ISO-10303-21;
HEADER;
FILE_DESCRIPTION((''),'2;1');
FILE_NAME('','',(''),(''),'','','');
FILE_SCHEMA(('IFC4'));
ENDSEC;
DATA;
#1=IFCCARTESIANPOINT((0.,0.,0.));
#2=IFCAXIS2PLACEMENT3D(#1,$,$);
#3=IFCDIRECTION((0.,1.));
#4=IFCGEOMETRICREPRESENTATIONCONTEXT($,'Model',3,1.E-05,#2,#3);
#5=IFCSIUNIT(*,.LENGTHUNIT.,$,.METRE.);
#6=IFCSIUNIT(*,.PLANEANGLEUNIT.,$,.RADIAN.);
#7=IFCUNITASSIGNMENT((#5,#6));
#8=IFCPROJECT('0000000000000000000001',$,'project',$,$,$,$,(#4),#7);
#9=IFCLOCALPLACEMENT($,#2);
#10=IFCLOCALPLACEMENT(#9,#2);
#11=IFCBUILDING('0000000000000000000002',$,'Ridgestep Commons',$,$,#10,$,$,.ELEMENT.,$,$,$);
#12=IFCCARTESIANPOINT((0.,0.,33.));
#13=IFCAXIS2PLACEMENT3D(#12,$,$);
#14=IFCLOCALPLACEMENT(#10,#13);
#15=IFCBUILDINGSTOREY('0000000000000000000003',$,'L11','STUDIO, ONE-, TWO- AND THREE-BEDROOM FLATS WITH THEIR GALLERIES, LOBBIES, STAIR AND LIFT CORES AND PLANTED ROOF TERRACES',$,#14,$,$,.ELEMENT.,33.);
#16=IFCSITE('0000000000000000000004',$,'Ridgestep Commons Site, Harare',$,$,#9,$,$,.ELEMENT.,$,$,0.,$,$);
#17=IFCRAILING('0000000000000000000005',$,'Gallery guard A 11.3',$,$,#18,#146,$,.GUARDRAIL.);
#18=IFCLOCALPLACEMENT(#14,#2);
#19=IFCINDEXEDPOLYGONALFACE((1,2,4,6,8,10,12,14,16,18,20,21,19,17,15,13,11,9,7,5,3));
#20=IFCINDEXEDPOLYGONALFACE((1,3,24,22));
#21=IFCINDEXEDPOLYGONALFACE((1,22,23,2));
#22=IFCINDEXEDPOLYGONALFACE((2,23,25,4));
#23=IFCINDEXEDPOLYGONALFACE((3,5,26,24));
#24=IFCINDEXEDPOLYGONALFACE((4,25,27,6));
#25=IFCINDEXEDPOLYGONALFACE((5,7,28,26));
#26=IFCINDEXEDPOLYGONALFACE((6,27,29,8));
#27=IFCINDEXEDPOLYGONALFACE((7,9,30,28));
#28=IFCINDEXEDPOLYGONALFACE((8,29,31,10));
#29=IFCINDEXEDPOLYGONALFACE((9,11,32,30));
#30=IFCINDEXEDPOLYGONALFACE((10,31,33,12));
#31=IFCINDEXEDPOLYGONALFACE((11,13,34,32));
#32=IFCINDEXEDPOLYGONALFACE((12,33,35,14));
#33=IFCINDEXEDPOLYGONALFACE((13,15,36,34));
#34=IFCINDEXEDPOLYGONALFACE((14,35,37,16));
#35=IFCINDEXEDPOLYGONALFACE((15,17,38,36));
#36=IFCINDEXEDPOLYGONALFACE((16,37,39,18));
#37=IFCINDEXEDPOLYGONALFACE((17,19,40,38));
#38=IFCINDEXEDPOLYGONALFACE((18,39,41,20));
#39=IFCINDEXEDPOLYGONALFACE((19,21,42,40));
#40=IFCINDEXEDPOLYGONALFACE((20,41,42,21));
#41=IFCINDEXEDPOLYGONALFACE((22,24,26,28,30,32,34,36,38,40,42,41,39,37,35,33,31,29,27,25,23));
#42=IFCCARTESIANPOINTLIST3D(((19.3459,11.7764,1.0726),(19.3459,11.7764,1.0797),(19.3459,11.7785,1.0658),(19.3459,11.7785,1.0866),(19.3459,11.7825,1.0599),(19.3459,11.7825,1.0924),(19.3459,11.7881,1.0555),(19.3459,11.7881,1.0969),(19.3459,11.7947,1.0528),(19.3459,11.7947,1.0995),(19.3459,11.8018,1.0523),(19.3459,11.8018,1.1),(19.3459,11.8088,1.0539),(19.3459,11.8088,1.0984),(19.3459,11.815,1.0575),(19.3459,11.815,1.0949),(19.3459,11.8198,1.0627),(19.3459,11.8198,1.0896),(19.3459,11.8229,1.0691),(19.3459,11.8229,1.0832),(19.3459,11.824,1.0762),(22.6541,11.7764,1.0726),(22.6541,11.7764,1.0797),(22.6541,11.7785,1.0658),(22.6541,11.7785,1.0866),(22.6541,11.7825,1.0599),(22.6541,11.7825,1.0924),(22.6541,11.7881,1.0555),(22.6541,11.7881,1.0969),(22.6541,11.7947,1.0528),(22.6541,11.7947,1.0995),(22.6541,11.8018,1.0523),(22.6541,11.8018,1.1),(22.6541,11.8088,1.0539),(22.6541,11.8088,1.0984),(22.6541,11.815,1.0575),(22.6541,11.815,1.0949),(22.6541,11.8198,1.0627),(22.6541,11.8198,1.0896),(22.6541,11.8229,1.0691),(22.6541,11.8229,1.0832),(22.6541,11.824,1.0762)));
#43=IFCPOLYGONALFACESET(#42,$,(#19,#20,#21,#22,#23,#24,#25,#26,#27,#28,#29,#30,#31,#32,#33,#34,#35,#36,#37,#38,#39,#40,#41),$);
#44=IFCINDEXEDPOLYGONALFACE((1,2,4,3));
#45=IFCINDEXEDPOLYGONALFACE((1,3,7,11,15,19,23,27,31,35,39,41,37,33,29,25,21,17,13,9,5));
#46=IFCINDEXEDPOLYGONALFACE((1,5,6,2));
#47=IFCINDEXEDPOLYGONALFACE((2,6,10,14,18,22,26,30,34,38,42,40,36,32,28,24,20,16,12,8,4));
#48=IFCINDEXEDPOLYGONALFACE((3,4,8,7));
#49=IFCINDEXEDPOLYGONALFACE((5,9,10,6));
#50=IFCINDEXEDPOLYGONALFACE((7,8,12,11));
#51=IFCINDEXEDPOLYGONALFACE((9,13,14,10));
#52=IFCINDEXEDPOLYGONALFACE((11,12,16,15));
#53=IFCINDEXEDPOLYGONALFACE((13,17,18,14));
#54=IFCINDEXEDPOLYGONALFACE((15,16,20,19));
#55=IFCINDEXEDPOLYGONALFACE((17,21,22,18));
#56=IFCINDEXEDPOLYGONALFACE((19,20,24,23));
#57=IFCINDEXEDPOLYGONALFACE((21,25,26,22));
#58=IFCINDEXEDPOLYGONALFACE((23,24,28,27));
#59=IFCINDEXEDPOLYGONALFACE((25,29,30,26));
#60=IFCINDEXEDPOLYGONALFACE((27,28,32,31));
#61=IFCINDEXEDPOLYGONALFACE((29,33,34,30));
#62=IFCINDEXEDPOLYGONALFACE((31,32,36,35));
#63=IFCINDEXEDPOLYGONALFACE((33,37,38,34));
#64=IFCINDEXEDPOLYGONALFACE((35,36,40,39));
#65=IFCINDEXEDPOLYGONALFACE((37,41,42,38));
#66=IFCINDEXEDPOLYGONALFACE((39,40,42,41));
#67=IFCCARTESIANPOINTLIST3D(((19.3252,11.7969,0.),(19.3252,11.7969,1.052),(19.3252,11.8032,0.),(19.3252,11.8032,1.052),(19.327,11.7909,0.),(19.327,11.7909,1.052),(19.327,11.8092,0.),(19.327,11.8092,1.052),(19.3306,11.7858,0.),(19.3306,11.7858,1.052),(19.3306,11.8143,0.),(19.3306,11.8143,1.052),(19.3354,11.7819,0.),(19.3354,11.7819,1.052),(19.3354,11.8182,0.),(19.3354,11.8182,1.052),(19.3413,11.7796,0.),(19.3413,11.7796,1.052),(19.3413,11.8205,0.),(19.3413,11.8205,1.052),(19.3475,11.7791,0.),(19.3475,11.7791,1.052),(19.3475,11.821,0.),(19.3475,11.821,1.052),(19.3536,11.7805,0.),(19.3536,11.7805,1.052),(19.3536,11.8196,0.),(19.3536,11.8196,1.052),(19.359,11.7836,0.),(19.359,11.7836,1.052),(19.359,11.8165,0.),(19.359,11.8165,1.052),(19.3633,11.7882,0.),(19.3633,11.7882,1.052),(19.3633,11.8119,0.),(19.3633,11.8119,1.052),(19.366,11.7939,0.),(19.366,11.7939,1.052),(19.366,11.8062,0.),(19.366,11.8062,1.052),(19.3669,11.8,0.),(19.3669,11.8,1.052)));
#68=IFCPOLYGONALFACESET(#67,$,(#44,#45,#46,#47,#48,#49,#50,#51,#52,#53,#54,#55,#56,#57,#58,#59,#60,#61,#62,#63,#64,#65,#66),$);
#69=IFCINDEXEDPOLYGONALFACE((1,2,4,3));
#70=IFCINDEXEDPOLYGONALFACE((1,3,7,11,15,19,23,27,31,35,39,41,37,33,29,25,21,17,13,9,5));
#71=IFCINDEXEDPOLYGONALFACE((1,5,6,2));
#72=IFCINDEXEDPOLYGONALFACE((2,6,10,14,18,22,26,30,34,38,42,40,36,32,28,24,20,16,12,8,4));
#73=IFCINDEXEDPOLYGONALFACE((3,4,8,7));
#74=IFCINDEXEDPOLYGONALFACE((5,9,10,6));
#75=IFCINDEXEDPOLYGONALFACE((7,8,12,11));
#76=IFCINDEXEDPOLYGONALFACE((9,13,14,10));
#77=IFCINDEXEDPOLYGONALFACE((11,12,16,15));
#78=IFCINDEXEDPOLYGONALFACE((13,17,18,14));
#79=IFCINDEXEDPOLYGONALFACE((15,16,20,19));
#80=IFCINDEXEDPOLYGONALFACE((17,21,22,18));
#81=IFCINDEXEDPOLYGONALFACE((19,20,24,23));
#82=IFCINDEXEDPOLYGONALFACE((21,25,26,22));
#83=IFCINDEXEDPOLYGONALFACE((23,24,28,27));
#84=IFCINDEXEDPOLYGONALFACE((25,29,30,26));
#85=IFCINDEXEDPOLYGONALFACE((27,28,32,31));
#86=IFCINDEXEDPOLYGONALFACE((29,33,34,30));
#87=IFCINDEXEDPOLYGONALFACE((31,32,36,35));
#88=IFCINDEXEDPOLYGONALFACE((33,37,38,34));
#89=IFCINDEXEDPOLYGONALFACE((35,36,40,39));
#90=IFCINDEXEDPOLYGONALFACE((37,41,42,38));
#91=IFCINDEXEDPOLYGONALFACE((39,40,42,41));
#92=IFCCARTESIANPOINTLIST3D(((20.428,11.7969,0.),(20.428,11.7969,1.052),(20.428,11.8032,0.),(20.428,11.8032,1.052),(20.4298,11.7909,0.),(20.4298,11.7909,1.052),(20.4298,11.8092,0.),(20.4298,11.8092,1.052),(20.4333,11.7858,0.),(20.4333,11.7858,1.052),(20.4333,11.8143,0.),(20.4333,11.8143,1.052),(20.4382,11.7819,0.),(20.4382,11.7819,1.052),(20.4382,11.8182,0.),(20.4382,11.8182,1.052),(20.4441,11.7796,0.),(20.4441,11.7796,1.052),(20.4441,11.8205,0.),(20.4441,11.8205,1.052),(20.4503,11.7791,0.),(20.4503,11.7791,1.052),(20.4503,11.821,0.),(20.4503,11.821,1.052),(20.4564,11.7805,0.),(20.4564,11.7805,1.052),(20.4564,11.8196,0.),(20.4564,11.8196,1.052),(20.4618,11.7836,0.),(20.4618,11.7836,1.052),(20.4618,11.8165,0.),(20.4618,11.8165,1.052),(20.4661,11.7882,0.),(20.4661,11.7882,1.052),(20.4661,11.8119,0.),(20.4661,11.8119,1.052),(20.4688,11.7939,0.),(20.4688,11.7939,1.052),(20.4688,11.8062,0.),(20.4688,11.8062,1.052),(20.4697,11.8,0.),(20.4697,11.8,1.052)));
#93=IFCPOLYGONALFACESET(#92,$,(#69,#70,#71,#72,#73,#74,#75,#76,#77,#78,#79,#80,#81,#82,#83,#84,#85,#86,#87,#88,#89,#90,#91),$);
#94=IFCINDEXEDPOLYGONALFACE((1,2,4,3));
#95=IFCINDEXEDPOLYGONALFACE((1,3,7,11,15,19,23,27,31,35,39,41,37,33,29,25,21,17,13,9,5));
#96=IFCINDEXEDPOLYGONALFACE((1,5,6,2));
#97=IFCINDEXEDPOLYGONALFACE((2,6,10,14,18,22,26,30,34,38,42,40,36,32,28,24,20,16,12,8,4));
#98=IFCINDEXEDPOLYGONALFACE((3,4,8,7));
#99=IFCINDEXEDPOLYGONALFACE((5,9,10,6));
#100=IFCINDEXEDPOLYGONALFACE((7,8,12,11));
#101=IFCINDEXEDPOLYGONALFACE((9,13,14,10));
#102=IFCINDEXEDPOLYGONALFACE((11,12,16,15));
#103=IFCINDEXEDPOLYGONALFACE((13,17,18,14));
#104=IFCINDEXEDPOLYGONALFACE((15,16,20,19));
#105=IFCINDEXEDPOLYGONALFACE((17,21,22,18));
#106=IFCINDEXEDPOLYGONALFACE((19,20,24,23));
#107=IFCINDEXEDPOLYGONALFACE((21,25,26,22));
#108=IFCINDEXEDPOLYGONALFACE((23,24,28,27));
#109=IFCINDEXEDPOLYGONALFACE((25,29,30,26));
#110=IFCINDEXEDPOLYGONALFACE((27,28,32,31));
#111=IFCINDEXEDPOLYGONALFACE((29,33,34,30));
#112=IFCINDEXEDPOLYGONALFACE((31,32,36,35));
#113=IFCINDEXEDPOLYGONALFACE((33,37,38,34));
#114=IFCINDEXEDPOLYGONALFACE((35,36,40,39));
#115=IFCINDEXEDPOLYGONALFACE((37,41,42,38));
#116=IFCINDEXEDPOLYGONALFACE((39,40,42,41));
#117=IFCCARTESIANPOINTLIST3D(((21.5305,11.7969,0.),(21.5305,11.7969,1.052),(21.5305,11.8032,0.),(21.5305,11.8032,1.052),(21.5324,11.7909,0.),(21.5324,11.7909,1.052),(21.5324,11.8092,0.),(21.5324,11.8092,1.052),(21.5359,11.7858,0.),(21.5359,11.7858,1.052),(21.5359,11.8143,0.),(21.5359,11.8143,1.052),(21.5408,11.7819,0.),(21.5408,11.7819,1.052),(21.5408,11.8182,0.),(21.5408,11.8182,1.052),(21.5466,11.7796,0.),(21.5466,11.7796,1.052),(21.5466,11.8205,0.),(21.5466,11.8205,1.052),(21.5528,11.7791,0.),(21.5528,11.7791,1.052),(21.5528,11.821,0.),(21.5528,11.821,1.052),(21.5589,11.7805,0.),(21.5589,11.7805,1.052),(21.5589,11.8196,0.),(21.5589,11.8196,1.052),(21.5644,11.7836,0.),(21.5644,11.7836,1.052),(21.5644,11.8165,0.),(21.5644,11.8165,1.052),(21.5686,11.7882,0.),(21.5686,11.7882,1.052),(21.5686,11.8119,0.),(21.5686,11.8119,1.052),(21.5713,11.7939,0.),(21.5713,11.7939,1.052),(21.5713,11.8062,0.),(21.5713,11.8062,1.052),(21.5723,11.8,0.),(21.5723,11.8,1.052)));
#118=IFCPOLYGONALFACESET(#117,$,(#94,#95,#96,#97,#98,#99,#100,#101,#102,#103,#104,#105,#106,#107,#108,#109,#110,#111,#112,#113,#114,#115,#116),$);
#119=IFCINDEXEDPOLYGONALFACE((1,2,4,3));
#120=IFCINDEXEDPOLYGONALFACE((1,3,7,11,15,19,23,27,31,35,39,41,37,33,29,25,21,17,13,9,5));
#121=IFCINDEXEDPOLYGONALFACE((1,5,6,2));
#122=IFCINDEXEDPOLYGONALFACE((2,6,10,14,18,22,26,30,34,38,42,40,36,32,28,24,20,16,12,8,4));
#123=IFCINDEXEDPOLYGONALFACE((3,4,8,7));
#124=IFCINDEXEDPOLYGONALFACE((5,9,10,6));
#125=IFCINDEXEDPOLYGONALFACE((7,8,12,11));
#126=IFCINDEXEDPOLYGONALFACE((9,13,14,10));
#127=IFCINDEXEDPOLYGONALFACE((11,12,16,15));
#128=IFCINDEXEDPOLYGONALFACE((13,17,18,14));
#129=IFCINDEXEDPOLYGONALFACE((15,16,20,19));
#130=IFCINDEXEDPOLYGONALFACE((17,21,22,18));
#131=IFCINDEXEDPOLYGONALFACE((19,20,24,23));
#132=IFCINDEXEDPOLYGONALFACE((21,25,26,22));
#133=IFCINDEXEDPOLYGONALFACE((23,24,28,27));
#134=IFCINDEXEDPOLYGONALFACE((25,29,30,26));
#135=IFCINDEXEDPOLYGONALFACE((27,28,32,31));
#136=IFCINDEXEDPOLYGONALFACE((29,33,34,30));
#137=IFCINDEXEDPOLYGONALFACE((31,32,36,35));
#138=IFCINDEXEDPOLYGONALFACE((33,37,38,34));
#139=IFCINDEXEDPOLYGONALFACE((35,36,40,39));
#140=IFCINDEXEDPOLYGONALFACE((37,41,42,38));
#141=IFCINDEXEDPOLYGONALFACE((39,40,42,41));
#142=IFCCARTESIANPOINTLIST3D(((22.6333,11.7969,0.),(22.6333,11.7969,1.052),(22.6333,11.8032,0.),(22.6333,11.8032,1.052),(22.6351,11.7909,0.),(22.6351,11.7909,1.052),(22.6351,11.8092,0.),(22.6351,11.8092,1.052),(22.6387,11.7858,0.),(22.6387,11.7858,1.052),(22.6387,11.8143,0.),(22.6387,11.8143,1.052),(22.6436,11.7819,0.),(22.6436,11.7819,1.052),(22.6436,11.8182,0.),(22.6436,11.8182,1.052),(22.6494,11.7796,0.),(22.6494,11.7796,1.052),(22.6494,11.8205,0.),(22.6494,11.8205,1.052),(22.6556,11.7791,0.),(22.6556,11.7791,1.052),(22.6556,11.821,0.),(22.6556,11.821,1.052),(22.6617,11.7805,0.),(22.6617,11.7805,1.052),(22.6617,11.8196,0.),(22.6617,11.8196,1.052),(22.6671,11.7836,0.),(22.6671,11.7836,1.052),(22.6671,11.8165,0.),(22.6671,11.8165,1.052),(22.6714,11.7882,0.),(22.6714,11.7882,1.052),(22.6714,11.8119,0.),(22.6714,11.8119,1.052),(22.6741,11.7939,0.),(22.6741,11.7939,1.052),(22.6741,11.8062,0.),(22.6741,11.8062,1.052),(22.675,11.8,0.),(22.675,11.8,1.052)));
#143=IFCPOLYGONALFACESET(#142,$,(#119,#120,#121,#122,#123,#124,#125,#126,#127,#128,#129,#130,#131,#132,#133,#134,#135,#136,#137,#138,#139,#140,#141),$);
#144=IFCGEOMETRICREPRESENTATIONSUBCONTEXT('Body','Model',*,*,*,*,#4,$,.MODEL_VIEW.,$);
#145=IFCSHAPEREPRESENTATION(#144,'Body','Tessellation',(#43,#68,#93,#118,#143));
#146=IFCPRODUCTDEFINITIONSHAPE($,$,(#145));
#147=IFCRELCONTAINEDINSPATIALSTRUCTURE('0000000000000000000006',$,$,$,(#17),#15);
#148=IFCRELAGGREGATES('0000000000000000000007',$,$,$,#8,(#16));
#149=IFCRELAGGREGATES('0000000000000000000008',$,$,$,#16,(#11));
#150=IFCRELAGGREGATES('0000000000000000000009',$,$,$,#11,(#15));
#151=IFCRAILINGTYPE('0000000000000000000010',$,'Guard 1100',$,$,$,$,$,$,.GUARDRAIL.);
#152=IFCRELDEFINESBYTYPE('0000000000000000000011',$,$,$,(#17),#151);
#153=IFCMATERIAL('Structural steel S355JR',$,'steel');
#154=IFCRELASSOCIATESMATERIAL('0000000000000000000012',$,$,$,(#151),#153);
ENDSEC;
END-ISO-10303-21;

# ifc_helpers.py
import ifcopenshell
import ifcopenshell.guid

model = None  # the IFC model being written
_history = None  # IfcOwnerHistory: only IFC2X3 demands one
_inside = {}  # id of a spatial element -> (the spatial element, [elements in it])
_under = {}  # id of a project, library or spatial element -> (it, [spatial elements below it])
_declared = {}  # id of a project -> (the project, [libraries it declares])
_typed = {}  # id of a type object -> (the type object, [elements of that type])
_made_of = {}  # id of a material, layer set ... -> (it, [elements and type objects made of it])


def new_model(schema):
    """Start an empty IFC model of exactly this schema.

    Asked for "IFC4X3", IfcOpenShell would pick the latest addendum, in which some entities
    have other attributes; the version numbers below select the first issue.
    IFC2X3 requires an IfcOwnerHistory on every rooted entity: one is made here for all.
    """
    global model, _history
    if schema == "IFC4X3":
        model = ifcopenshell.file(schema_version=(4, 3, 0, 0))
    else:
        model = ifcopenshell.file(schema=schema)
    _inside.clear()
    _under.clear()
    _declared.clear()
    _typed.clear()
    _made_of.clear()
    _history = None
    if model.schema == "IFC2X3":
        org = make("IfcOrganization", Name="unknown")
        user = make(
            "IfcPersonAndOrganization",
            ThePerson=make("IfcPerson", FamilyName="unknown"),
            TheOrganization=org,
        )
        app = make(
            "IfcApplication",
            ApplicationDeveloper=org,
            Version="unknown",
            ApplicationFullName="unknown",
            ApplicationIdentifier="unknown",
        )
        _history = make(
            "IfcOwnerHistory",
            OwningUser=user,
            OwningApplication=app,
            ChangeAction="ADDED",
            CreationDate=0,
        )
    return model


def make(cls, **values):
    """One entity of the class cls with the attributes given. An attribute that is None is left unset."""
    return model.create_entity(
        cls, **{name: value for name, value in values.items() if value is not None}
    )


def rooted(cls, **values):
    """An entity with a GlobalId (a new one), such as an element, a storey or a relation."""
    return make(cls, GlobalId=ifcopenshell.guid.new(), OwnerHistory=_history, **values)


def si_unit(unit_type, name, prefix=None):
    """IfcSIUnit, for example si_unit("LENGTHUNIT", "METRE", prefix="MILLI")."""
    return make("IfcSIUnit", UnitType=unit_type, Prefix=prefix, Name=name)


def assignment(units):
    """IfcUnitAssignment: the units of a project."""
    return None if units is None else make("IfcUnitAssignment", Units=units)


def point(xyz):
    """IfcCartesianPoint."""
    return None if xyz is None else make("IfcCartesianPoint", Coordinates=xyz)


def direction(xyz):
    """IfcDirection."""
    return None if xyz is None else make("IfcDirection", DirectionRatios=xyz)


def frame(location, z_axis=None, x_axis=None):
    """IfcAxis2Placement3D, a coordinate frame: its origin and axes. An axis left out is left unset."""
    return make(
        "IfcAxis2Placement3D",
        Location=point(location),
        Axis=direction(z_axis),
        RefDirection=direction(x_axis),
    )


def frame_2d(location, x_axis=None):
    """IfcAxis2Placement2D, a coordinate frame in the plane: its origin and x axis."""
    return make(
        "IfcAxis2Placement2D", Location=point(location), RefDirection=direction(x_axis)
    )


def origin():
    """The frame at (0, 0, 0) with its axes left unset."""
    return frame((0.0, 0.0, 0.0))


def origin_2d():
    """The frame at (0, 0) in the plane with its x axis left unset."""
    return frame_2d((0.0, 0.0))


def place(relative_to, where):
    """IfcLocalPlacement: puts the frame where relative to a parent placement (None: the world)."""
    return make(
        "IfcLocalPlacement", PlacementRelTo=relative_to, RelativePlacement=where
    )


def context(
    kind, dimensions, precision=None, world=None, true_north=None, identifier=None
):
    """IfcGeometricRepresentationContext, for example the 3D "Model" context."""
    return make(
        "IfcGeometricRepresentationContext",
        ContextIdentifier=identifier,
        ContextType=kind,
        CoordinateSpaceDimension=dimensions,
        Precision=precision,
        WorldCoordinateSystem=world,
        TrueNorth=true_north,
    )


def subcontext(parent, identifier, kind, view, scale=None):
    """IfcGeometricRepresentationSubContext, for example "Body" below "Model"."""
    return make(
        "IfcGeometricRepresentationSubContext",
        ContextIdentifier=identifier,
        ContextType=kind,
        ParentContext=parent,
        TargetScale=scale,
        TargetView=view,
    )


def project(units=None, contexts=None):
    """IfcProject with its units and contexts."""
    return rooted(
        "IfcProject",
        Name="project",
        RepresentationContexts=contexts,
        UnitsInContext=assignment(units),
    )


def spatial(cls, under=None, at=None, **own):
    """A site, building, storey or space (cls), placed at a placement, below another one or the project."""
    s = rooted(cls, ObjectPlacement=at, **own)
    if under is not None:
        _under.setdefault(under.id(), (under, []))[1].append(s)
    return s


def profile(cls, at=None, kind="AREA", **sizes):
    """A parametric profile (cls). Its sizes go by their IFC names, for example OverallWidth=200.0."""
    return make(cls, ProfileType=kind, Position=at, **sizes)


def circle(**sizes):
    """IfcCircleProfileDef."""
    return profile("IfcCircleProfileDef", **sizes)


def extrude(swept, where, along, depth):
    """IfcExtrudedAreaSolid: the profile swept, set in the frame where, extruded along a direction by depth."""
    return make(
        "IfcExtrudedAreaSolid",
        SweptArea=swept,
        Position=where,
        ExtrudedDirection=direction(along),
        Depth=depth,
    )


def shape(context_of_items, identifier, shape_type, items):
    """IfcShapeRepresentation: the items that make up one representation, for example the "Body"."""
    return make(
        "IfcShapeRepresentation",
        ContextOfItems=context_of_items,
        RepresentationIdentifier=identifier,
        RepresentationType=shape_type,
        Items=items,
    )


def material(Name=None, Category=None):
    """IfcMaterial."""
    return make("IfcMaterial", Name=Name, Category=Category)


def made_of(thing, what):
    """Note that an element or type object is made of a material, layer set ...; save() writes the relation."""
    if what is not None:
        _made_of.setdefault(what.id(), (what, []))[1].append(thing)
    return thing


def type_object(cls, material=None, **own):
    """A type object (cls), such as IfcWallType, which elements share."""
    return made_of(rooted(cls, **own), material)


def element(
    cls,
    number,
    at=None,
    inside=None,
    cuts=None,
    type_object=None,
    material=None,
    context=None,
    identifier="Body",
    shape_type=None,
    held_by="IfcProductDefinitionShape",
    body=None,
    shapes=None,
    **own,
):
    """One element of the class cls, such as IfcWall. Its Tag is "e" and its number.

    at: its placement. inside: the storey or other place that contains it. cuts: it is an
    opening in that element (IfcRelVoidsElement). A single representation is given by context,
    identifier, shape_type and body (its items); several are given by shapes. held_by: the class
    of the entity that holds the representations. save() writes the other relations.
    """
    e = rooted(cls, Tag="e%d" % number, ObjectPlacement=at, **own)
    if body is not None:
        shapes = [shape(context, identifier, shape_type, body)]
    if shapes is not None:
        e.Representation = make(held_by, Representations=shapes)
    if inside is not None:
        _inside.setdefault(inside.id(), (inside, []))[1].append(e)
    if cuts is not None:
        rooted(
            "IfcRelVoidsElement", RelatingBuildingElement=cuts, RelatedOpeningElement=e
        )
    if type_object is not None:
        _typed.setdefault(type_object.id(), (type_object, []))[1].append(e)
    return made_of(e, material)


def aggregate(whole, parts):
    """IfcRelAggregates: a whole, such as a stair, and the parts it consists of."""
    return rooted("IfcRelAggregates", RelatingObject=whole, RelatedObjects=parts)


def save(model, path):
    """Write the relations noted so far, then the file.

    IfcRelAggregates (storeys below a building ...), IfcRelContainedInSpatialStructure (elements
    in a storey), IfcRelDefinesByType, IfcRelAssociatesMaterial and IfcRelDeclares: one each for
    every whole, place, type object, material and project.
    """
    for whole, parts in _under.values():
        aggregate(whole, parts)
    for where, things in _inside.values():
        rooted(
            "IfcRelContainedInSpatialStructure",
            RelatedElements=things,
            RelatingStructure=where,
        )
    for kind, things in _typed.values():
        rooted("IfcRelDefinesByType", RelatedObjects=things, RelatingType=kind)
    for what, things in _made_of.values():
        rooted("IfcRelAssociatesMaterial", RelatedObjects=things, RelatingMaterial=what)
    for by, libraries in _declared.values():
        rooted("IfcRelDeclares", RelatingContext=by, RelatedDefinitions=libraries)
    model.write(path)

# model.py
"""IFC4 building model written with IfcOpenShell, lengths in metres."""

from ifc_helpers import new_model, si_unit, direction, frame, origin, origin_2d, place, context, subcontext, project, spatial, circle, extrude, material, type_object, element, save


model = new_model("IFC4")

# Units and contexts
model_context = context("Model", 3, precision=1e-05, world=origin(), true_north=direction((0.0, 1.0)))
body_context = subcontext(model_context, "Body", "Model", "MODEL_VIEW")
ifc_project = project(units=[si_unit("LENGTHUNIT", "METRE"), si_unit("PLANEANGLEUNIT", "RADIAN")], contexts=[model_context])

# Site, building, storey
site_placement = place(None, origin())
site = spatial("IfcSite", under=ifc_project, at=site_placement, Name="Ridgestep Commons Site, Harare", CompositionType="ELEMENT", RefElevation=0.0)
building_placement = place(site_placement, origin())
building = spatial("IfcBuilding", under=site, at=building_placement, Name="Ridgestep Commons", CompositionType="ELEMENT")
storey_placement = place(building_placement, frame((0.0, 0.0, 33.0)))
storey = spatial("IfcBuildingStorey", under=building, at=storey_placement, Name="L11", Description="STUDIO, ONE-, TWO- AND THREE-BEDROOM FLATS WITH THEIR GALLERIES, LOBBIES, STAIR AND LIFT CORES AND PLANTED ROOF TERRACES", CompositionType="ELEMENT", Elevation=33.0)

# Railing
ifc_material_1 = material(Name="Structural steel S355JR", Category="steel")
railing_type = type_object("IfcRailingType", Name="Guard 1100", PredefinedType="GUARDRAIL", material=ifc_material_1)
railing_1_placement = place(storey_placement, frame((19.3459, 11.8, 0.0)))
element("IfcRailing", 1, at=railing_1_placement, inside=storey, type_object=railing_type, Name="Gallery guard A 11.3", PredefinedType="GUARDRAIL", context=body_context, shape_type="SweptSolid", body=[
    extrude(circle(Radius=0.0239, at=origin_2d()), frame((0.0, 0.0, 1.0762), z_axis=(1.0, 0.0, 0.0), x_axis=(0.0, 1.0, 0.0)), (0.0, 0.0, 1.0), 3.3081),
    extrude(circle(Radius=0.021, at=origin_2d()), origin(), (0.0, 0.0, 1.0), 1.052),
    extrude(circle(Radius=0.021, at=origin_2d()), frame((1.1028, 0.0, 0.0)), (0.0, 0.0, 1.0), 1.052),
    extrude(circle(Radius=0.021, at=origin_2d()), frame((2.2053, 0.0, 0.0)), (0.0, 0.0, 1.0), 1.052),
    extrude(circle(Radius=0.021, at=origin_2d()), frame((3.3081, 0.0, 0.0)), (0.0, 0.0, 1.0), 1.052),
])

save(model, "model.ifc")
